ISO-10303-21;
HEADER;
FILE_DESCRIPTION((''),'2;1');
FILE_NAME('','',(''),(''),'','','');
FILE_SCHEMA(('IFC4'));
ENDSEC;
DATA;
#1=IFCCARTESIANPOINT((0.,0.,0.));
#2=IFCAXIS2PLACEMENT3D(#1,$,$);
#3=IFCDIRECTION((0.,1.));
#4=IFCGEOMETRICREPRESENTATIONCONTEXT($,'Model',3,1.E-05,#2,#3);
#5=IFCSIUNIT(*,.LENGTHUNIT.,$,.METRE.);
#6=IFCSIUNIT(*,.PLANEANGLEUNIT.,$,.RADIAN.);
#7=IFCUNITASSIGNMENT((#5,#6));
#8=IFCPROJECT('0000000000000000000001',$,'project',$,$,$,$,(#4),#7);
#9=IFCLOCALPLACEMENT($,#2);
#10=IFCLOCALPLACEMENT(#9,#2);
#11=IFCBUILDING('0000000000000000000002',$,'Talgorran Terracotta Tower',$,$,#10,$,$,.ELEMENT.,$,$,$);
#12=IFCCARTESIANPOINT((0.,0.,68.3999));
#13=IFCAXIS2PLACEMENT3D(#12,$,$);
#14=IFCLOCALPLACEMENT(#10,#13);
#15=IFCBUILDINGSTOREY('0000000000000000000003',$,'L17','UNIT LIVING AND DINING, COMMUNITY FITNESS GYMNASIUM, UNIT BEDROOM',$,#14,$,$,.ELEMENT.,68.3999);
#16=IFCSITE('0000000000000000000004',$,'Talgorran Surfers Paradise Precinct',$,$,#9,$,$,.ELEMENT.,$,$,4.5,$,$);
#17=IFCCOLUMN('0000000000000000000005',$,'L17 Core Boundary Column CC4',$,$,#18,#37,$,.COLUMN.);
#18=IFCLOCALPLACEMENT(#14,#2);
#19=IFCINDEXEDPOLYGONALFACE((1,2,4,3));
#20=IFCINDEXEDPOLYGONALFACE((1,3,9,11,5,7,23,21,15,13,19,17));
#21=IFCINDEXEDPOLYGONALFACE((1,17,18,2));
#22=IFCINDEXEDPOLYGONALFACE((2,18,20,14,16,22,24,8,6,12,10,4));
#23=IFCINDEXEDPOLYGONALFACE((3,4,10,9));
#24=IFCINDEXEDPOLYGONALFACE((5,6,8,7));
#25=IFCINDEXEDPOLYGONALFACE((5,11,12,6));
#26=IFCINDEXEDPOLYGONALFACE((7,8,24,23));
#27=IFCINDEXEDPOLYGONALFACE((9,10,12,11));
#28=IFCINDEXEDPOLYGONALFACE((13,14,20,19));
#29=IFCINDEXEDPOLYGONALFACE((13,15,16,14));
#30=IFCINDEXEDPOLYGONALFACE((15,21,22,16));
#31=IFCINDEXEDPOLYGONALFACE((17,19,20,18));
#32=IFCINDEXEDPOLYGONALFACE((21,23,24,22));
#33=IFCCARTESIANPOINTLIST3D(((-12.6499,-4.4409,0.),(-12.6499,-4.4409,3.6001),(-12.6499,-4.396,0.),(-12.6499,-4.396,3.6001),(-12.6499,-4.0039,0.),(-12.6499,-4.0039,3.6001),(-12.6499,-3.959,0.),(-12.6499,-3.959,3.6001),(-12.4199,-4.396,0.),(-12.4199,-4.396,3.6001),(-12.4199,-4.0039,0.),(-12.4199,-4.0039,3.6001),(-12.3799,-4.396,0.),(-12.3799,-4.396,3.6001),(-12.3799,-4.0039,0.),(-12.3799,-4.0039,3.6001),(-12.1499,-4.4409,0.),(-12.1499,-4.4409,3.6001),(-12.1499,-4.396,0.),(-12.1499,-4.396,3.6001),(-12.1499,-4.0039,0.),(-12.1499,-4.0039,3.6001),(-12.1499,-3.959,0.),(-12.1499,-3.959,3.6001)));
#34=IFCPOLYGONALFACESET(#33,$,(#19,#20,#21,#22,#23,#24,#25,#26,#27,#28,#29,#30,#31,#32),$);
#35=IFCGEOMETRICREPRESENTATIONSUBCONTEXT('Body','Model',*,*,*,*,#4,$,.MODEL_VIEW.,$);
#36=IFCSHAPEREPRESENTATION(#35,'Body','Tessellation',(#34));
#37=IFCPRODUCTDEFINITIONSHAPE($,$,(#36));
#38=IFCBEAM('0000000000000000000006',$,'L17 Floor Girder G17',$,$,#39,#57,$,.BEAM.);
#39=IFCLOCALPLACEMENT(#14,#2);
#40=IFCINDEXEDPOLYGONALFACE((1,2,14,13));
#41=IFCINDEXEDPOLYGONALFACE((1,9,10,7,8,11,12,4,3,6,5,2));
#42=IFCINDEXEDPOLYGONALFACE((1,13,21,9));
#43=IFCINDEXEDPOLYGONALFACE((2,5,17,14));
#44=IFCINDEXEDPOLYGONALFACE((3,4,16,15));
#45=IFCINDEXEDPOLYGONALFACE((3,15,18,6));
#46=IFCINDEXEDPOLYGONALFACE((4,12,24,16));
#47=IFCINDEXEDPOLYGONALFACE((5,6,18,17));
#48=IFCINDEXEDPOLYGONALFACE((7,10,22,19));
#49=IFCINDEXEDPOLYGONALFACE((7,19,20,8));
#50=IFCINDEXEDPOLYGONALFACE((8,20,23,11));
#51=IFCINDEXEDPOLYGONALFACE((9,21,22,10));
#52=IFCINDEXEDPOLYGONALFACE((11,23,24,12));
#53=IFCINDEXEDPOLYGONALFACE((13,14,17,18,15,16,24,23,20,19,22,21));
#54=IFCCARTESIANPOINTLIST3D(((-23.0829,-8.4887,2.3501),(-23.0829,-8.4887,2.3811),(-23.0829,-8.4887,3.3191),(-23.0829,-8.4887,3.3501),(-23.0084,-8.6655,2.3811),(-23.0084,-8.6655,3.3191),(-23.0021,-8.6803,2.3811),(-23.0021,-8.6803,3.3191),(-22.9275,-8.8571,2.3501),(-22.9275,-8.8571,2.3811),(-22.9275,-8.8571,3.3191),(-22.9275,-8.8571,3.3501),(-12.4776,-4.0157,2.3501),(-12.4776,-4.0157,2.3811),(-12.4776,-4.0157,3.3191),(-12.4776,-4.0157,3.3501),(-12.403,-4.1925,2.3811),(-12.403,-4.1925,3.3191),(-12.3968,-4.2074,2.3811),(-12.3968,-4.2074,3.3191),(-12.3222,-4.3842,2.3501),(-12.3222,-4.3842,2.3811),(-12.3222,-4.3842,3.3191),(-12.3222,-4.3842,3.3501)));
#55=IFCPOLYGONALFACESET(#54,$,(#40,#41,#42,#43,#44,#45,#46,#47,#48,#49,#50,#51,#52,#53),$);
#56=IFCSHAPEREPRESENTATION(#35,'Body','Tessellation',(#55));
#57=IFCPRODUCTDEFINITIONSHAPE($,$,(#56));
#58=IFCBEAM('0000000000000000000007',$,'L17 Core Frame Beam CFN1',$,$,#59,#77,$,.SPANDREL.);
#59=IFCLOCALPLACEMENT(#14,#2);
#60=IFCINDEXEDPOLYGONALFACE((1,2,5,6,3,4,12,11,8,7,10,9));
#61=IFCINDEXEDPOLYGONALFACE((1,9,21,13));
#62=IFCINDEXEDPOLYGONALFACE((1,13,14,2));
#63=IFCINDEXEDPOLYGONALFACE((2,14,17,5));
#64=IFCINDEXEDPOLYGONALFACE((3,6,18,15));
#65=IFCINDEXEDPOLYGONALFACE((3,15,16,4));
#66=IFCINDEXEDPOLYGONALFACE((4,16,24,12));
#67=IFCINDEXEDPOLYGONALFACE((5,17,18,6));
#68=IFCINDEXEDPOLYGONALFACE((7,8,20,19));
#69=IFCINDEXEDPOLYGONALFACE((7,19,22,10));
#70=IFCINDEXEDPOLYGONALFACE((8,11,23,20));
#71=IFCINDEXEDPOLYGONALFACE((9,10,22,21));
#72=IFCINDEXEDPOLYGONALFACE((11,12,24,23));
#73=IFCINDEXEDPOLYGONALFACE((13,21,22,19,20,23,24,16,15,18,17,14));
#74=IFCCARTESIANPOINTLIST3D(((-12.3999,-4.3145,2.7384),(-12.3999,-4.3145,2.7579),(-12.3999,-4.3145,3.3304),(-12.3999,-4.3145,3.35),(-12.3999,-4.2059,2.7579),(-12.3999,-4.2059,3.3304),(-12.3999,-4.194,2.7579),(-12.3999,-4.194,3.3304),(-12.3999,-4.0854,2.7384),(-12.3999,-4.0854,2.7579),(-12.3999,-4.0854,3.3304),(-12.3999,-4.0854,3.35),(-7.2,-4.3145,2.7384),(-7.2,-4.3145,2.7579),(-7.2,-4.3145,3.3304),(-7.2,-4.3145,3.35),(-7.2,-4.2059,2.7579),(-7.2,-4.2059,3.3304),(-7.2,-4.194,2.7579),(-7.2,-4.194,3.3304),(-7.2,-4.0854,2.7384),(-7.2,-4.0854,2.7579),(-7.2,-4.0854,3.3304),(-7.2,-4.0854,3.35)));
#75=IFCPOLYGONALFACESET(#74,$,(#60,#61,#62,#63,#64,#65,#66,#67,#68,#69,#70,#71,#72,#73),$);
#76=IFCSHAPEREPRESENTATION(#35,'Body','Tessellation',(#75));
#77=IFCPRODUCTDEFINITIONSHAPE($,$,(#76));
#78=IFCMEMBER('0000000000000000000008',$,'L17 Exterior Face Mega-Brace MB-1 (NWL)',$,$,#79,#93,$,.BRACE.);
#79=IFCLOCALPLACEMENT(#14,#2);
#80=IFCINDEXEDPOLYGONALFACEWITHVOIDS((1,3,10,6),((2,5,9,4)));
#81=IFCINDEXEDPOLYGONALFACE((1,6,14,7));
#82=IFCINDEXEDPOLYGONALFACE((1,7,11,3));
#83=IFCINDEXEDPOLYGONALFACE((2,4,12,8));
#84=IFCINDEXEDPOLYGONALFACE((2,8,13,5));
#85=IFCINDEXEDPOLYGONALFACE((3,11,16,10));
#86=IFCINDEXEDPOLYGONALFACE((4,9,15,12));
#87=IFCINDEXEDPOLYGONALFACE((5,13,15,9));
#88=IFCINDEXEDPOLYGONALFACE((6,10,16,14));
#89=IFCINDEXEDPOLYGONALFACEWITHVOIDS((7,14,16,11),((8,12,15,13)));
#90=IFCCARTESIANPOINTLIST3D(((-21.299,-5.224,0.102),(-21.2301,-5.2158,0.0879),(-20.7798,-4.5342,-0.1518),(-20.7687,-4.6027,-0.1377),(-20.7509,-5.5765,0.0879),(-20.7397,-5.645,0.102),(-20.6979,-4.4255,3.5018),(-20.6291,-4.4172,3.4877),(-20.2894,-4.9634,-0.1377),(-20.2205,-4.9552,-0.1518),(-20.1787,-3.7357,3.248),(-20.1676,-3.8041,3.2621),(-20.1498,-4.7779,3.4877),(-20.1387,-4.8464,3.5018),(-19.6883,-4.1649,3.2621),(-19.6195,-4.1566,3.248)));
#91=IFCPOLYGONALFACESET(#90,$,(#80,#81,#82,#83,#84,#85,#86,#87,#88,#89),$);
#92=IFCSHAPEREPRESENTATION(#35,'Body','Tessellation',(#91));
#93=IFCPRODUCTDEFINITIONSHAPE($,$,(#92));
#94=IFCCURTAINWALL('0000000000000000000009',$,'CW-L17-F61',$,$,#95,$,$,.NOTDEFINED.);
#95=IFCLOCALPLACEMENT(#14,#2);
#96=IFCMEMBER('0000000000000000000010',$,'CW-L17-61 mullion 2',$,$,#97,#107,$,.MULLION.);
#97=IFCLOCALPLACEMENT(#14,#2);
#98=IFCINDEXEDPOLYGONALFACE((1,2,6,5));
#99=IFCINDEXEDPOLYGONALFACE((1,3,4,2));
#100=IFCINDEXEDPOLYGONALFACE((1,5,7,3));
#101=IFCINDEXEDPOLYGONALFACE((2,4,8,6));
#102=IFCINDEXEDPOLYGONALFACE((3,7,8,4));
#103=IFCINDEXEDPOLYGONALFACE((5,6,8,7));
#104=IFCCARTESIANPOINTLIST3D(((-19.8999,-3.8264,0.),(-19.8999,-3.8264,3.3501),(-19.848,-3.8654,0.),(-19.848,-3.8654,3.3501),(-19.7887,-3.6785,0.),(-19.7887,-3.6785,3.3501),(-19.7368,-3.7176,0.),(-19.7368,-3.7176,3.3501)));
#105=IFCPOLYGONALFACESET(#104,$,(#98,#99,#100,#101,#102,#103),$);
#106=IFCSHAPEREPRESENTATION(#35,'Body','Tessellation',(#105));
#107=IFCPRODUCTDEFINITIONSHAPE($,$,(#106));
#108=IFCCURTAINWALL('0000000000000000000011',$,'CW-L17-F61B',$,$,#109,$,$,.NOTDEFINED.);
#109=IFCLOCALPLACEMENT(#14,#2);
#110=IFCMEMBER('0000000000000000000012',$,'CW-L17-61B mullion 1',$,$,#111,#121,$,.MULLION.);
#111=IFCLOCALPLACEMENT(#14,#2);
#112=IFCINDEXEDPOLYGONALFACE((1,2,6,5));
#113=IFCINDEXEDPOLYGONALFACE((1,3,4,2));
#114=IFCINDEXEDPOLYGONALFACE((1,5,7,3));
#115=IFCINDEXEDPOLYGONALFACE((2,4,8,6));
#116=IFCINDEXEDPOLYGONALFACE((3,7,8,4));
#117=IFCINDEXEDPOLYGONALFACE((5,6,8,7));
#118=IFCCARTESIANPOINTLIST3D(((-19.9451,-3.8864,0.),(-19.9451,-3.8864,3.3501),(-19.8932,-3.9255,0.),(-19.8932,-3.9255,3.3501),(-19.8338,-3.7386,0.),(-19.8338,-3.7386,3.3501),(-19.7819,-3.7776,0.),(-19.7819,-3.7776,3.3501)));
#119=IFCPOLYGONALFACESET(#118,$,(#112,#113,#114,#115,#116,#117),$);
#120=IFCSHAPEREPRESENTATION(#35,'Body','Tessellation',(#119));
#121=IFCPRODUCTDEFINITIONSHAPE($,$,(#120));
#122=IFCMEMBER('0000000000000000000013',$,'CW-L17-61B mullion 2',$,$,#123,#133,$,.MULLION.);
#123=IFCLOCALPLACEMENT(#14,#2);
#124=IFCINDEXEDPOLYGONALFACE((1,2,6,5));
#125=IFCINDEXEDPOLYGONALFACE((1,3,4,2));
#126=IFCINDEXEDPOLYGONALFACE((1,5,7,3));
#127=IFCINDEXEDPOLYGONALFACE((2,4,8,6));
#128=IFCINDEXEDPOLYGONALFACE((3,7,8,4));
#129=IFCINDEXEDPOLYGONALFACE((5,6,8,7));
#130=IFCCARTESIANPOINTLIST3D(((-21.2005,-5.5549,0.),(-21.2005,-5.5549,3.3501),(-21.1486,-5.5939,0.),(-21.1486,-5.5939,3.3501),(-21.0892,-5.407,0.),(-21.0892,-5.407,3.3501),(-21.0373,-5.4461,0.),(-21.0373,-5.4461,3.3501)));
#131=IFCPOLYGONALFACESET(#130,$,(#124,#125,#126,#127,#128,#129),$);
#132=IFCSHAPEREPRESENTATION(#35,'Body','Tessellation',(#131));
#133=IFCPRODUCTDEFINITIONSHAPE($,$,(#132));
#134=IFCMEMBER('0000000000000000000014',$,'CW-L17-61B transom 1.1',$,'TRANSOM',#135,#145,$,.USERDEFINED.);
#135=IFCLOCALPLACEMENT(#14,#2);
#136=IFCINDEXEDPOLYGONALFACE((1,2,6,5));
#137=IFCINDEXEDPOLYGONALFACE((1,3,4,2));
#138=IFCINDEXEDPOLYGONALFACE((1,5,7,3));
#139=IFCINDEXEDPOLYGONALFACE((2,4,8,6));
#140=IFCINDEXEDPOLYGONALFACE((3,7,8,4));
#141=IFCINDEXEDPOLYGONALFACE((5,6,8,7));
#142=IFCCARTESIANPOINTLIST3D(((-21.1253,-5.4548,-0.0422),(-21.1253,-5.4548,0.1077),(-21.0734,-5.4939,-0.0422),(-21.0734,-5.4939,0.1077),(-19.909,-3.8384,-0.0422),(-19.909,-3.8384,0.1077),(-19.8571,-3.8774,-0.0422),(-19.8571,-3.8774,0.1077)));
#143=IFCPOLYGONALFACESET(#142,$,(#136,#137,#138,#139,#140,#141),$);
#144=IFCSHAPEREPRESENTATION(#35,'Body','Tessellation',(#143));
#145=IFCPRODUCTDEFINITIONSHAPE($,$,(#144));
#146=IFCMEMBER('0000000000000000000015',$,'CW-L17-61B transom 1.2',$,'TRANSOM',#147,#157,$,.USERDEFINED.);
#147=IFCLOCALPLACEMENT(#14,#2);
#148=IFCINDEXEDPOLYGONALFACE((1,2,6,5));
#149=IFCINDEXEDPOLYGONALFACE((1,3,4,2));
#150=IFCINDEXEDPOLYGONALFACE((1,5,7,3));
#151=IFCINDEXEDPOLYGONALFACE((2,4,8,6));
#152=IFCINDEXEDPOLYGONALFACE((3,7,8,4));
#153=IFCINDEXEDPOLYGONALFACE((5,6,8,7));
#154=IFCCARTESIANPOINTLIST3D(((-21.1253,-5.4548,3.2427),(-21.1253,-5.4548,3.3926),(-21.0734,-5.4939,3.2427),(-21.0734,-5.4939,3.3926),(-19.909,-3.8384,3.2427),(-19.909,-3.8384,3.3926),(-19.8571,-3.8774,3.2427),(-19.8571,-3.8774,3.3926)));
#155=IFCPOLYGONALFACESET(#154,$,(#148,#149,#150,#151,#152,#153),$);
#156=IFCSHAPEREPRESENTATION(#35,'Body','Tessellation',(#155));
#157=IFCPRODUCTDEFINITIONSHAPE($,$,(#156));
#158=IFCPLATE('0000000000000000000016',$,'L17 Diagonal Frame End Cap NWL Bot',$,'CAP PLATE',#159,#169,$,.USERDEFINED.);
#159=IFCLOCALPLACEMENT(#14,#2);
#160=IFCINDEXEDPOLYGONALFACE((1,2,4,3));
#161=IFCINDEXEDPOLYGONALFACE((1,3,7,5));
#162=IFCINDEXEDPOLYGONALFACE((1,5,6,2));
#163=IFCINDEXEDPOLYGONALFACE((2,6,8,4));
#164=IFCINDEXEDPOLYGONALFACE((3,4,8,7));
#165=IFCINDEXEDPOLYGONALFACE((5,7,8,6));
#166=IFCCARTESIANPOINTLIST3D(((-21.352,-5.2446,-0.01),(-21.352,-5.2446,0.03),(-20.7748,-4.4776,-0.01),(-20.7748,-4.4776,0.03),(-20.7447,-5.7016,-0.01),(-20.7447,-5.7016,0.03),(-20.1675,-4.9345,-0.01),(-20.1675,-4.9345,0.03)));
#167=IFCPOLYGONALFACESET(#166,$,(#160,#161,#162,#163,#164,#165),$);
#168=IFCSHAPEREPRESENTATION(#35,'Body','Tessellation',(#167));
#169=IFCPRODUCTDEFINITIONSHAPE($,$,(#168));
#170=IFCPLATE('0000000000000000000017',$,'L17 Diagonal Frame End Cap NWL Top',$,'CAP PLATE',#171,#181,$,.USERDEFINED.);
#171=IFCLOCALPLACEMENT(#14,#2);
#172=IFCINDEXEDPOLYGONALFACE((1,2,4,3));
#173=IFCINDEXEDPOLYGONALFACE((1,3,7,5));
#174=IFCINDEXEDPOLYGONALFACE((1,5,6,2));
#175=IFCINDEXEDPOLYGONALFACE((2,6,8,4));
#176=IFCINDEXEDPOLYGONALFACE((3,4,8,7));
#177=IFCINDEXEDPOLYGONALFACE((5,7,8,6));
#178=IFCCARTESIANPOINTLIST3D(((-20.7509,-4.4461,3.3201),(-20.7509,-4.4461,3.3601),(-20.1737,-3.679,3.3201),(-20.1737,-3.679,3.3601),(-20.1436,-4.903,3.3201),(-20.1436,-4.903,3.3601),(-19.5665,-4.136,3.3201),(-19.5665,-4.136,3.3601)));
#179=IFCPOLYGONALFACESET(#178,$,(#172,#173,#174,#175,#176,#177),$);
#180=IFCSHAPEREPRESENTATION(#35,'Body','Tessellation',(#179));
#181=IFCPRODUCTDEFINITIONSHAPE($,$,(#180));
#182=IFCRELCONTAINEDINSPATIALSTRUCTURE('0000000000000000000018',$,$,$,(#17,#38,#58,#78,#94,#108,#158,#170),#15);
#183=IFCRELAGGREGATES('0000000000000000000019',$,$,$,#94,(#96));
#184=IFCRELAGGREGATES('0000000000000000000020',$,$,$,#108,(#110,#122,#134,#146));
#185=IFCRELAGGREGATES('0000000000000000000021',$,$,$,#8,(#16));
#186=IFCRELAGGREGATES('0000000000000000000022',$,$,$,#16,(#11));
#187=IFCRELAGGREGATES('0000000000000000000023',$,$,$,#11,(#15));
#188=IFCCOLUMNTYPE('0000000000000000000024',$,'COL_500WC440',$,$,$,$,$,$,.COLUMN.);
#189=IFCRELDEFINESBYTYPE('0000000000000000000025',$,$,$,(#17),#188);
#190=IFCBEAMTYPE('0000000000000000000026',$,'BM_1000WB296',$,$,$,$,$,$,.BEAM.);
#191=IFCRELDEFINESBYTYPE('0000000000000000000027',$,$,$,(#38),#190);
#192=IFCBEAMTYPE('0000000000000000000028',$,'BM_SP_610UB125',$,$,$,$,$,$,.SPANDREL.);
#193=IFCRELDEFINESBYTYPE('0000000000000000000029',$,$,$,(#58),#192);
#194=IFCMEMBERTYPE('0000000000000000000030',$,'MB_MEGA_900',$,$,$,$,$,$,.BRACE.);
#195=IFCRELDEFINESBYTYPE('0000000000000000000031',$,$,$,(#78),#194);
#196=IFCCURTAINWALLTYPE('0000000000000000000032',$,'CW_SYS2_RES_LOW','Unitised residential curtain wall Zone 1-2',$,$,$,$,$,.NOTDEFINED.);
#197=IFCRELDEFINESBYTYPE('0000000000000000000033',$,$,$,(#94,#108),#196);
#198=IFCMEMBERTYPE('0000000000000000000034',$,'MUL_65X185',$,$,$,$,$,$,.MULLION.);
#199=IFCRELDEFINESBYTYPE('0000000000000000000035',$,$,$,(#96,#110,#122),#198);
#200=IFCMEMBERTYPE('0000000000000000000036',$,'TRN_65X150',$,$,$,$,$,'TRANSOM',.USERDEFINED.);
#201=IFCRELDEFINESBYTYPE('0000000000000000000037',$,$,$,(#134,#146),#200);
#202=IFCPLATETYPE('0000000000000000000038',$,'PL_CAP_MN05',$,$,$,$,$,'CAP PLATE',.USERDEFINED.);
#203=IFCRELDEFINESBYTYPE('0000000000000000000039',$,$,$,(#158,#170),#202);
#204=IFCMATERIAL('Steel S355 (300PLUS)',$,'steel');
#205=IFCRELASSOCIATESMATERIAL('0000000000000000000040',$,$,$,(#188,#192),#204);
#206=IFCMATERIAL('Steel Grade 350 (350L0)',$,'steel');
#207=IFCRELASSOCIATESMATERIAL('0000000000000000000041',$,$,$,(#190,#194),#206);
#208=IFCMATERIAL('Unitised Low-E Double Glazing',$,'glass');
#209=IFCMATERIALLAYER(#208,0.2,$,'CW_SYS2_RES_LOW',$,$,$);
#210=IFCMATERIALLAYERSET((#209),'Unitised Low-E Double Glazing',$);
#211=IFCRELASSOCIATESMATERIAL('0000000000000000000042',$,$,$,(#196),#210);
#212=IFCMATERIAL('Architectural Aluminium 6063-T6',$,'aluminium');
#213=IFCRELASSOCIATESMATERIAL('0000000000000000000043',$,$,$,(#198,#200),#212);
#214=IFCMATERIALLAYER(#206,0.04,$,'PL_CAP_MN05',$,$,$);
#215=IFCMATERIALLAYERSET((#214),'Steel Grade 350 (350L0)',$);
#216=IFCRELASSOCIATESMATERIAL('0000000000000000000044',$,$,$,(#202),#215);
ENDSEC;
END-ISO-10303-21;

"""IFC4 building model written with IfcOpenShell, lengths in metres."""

from ifc_helpers import new_model, si_unit, direction, frame, origin, origin_2d, place, context, subcontext, project, spatial, rectangle, hollow_rectangle, i_section, extrude, material, layer, layer_set, material_profile, profile_set, type_object, element, aggregate, save


model = new_model("IFC4")

# Units and contexts
model_context = context("Model", 3, precision=1e-05, world=origin(), true_north=direction((0.0, 1.0)))
body_context = subcontext(model_context, "Body", "Model", "MODEL_VIEW")
ifc_project = project(units=[si_unit("LENGTHUNIT", "METRE"), si_unit("PLANEANGLEUNIT", "RADIAN")], contexts=[model_context])

# Site, building, storey
site_placement = place(None, origin())
site = spatial("IfcSite", under=ifc_project, at=site_placement, Name="Talgorran Surfers Paradise Precinct", CompositionType="ELEMENT", RefElevation=4.5)
building_placement = place(site_placement, origin())
building = spatial("IfcBuilding", under=site, at=building_placement, Name="Talgorran Terracotta Tower", CompositionType="ELEMENT")
storey_placement = place(building_placement, frame((0.0, 0.0, 68.3999)))
storey = spatial("IfcBuildingStorey", under=building, at=storey_placement, Name="L17", Description="UNIT LIVING AND DINING, COMMUNITY FITNESS GYMNASIUM, UNIT BEDROOM", CompositionType="ELEMENT", Elevation=68.3999)

# Column
ifc_material_1 = material(Name="Steel S355 (300PLUS)", Category="steel")
ifc_material_profile_1 = material_profile(ifc_material_1, i_section(OverallWidth=0.5, OverallDepth=0.4819, WebThickness=0.04, FlangeThickness=0.0449, at=origin_2d()), Name="500WC440")
ifc_profile_set_1 = profile_set([ifc_material_profile_1], Name="Steel S355 (300PLUS)")
column_type = type_object("IfcColumnType", Name="COL_500WC440", PredefinedType="COLUMN", material=ifc_profile_set_1)
column_placement = place(storey_placement, frame((-12.3999, -4.2, 0.0), z_axis=(0.0, 0.0, 1.0), x_axis=(1.0, 0.0, 0.0)))
element("IfcColumn", 1, at=column_placement, inside=storey, type_object=column_type, Name="L17 Core Boundary Column CC4", PredefinedType="COLUMN", context=body_context, shape_type="SweptSolid", body=[
    extrude(i_section(OverallWidth=0.5, OverallDepth=0.4819, WebThickness=0.04, FlangeThickness=0.0449, at=origin_2d()), origin(), (0.0, 0.0, 1.0), 3.6001),
])

# Beams
ifc_material_2 = material(Name="Steel Grade 350 (350L0)", Category="steel")
ifc_material_profile_2 = material_profile(ifc_material_2, i_section(OverallWidth=0.3999, OverallDepth=1.0, WebThickness=0.0161, FlangeThickness=0.031, at=origin_2d()), Name="1000WB296")
ifc_profile_set_2 = profile_set([ifc_material_profile_2], Name="Steel Grade 350 (350L0)")
beam_type_1 = type_object("IfcBeamType", Name="BM_1000WB296", PredefinedType="BEAM", material=ifc_profile_set_2)
beam_1_placement = place(storey_placement, frame((-12.3999, -4.2, 2.8501), z_axis=(-0.921401, -0.388614, 0.0), x_axis=(0.388614, -0.921401, 0.0)))
element("IfcBeam", 2, at=beam_1_placement, inside=storey, type_object=beam_type_1, Name="L17 Floor Girder G17", PredefinedType="BEAM", context=body_context, shape_type="SweptSolid", body=[
    extrude(i_section(OverallWidth=0.3999, OverallDepth=1.0, WebThickness=0.0161, FlangeThickness=0.031, at=origin_2d()), origin(), (0.0, 0.0, 1.0), 11.51),
])
ifc_material_profile_3 = material_profile(ifc_material_1, i_section(OverallWidth=0.229, OverallDepth=0.6116, WebThickness=0.012, FlangeThickness=0.0195, at=origin_2d()), Name="610UB125")
ifc_profile_set_3 = profile_set([ifc_material_profile_3], Name="Steel S355 (300PLUS)")
beam_type_2 = type_object("IfcBeamType", Name="BM_SP_610UB125", PredefinedType="SPANDREL", material=ifc_profile_set_3)
beam_2_placement = place(storey_placement, frame((-12.3999, -4.2, 3.0442), z_axis=(1.0, 0.0, 0.0), x_axis=(0.0, 1.0, 0.0)))
element("IfcBeam", 3, at=beam_2_placement, inside=storey, type_object=beam_type_2, Name="L17 Core Frame Beam CFN1", PredefinedType="SPANDREL", context=body_context, shape_type="SweptSolid", body=[
    extrude(i_section(OverallWidth=0.229, OverallDepth=0.6116, WebThickness=0.012, FlangeThickness=0.0195, at=origin_2d()), origin(), (0.0, 0.0, 1.0), 5.2),
])

# Member
ifc_material_profile_4 = material_profile(ifc_material_2, hollow_rectangle(XDim=0.7, YDim=0.8999, WallThickness=0.05, at=origin_2d()), Name="WBOX900X700X50")
ifc_profile_set_4 = profile_set([ifc_material_profile_4], Name="Steel Grade 350 (350L0)")
member_type_1 = type_object("IfcMemberType", Name="MB_MEGA_900", PredefinedType="BRACE", material=ifc_profile_set_4)
member_1_placement = place(storey_placement, frame((-20.7598, -5.0896, -0.0249), z_axis=(0.169614, 0.225348, 0.9594), x_axis=(-0.798973, 0.601367, 0.0)))
element("IfcMember", 4, at=member_1_placement, inside=storey, type_object=member_type_1, Name="L17 Exterior Face Mega-Brace MB-1 (NWL)", PredefinedType="BRACE", context=body_context, shape_type="SweptSolid", body=[
    extrude(hollow_rectangle(XDim=0.7, YDim=0.8999, WallThickness=0.05, at=origin_2d()), origin(), (0.0, 0.0, 1.0), 3.5437),
])

# Curtain wall, member
ifc_material_3 = material(Name="Unitised Low-E Double Glazing", Category="glass")
ifc_layer_1 = layer(ifc_material_3, 0.2, Name="CW_SYS2_RES_LOW")
ifc_layer_set_1 = layer_set([ifc_layer_1], Name="Unitised Low-E Double Glazing")
curtain_wall_type = type_object("IfcCurtainWallType", Name="CW_SYS2_RES_LOW", Description="Unitised residential curtain wall Zone 1-2", PredefinedType="NOTDEFINED", material=ifc_layer_set_1)
curtain_wall_1_placement = place(storey_placement, origin())
curtain_wall_1 = element("IfcCurtainWall", 5, at=curtain_wall_1_placement, inside=storey, type_object=curtain_wall_type, Name="CW-L17-F61", PredefinedType="NOTDEFINED")
ifc_material_4 = material(Name="Architectural Aluminium 6063-T6", Category="aluminium")
ifc_material_profile_5 = material_profile(ifc_material_4, rectangle(XDim=0.0649, YDim=0.1851, at=origin_2d()), Name="CWM65X185")
ifc_profile_set_5 = profile_set([ifc_material_profile_5], Name="Architectural Aluminium 6063-T6")
member_type_2 = type_object("IfcMemberType", Name="MUL_65X185", PredefinedType="MULLION", material=ifc_profile_set_5)
member_2_placement = place(storey_placement, frame((-19.8184, -3.772, 0.0), z_axis=(0.0, 0.0, 1.0), x_axis=(0.799068, -0.60124, 0.0)))
member_2 = element("IfcMember", 6, at=member_2_placement, type_object=member_type_2, Name="CW-L17-61 mullion 2", PredefinedType="MULLION", context=body_context, shape_type="SweptSolid", body=[
    extrude(rectangle(XDim=0.0649, YDim=0.1851, at=origin_2d()), origin(), (0.0, 0.0, 1.0), 3.3501),
])
aggregate(curtain_wall_1, [member_2])

# Curtain wall, members
curtain_wall_2_placement = place(storey_placement, origin())
curtain_wall_2 = element("IfcCurtainWall", 7, at=curtain_wall_2_placement, inside=storey, type_object=curtain_wall_type, Name="CW-L17-F61B", PredefinedType="NOTDEFINED")
member_3_placement = place(storey_placement, frame((-19.8635, -3.832, 0.0), z_axis=(0.0, 0.0, 1.0), x_axis=(0.799085, -0.601218, 0.0)))
member_3 = element("IfcMember", 8, at=member_3_placement, type_object=member_type_2, Name="CW-L17-61B mullion 1", PredefinedType="MULLION", context=body_context, shape_type="SweptSolid", body=[
    extrude(rectangle(XDim=0.0649, YDim=0.1851, at=origin_2d()), origin(), (0.0, 0.0, 1.0), 3.3501),
])
member_4_placement = place(storey_placement, frame((-21.1189, -5.5005, 0.0), z_axis=(0.0, 0.0, 1.0), x_axis=(0.799085, -0.601218, 0.0)))
member_4 = element("IfcMember", 9, at=member_4_placement, type_object=member_type_2, Name="CW-L17-61B mullion 2", PredefinedType="MULLION", context=body_context, shape_type="SweptSolid", body=[
    extrude(rectangle(XDim=0.0649, YDim=0.1851, at=origin_2d()), origin(), (0.0, 0.0, 1.0), 3.3501),
])
ifc_material_profile_6 = material_profile(ifc_material_4, rectangle(XDim=0.0649, YDim=0.1499, at=origin_2d()), Name="CWT65X150")
ifc_profile_set_6 = profile_set([ifc_material_profile_6], Name="Architectural Aluminium 6063-T6")
member_type_3 = type_object("IfcMemberType", Name="TRN_65X150", ElementType="TRANSOM", PredefinedType="USERDEFINED", material=ifc_profile_set_6)
member_5_placement = place(storey_placement, frame((-19.8831, -3.8579, 0.0327), z_axis=(-0.601254, -0.799058, 0.0), x_axis=(0.799058, -0.601254, 0.0)))
member_5 = element("IfcMember", 10, at=member_5_placement, type_object=member_type_3, Name="CW-L17-61B transom 1.1", ObjectType="TRANSOM", PredefinedType="USERDEFINED", context=body_context, shape_type="SweptSolid", body=[
    extrude(rectangle(XDim=0.0649, YDim=0.1499, at=origin_2d()), origin(), (0.0, 0.0, 1.0), 2.0229),
])
member_6_placement = place(storey_placement, frame((-19.8831, -3.8579, 3.3176), z_axis=(-0.601254, -0.799058, 0.0), x_axis=(0.799058, -0.601254, 0.0)))
member_6 = element("IfcMember", 11, at=member_6_placement, type_object=member_type_3, Name="CW-L17-61B transom 1.2", ObjectType="TRANSOM", PredefinedType="USERDEFINED", context=body_context, shape_type="SweptSolid", body=[
    extrude(rectangle(XDim=0.0649, YDim=0.1499, at=origin_2d()), origin(), (0.0, 0.0, 1.0), 2.0229),
])

# Plates
ifc_layer_2 = layer(ifc_material_2, 0.04, Name="PL_CAP_MN05")
ifc_layer_set_2 = layer_set([ifc_layer_2], Name="Steel Grade 350 (350L0)")
plate_type_1 = type_object("IfcPlateType", Name="PL_CAP_MN05", ElementType="CAP PLATE", PredefinedType="USERDEFINED", material=ifc_layer_set_2)
for number, where, z_axis, x_axis, name in (
    (12, (-20.7598, -5.0896, -0.01), (0.0, 0.0, 1.0), (0.601257, 0.799055, 0.0), "L17 Diagonal Frame End Cap NWL Bot"),
    (13, (-20.1587, -4.291, 3.3201), (0.0, 0.0, 1.0), (0.601257, 0.799055, 0.0), "L17 Diagonal Frame End Cap NWL Top"),
):
    element("IfcPlate", number, at=place(storey_placement, frame(where, z_axis=z_axis, x_axis=x_axis)), inside=storey, type_object=plate_type_1, Name=name, ObjectType="CAP PLATE", PredefinedType="USERDEFINED", context=body_context, shape_type="SweptSolid", body=[
        extrude(rectangle(XDim=0.96, YDim=0.76, at=origin_2d()), origin(), (0.0, 0.0, 1.0), 0.04),
    ])

aggregate(curtain_wall_2, [member_3, member_4, member_5, member_6])

save(model, "model.ifc")
